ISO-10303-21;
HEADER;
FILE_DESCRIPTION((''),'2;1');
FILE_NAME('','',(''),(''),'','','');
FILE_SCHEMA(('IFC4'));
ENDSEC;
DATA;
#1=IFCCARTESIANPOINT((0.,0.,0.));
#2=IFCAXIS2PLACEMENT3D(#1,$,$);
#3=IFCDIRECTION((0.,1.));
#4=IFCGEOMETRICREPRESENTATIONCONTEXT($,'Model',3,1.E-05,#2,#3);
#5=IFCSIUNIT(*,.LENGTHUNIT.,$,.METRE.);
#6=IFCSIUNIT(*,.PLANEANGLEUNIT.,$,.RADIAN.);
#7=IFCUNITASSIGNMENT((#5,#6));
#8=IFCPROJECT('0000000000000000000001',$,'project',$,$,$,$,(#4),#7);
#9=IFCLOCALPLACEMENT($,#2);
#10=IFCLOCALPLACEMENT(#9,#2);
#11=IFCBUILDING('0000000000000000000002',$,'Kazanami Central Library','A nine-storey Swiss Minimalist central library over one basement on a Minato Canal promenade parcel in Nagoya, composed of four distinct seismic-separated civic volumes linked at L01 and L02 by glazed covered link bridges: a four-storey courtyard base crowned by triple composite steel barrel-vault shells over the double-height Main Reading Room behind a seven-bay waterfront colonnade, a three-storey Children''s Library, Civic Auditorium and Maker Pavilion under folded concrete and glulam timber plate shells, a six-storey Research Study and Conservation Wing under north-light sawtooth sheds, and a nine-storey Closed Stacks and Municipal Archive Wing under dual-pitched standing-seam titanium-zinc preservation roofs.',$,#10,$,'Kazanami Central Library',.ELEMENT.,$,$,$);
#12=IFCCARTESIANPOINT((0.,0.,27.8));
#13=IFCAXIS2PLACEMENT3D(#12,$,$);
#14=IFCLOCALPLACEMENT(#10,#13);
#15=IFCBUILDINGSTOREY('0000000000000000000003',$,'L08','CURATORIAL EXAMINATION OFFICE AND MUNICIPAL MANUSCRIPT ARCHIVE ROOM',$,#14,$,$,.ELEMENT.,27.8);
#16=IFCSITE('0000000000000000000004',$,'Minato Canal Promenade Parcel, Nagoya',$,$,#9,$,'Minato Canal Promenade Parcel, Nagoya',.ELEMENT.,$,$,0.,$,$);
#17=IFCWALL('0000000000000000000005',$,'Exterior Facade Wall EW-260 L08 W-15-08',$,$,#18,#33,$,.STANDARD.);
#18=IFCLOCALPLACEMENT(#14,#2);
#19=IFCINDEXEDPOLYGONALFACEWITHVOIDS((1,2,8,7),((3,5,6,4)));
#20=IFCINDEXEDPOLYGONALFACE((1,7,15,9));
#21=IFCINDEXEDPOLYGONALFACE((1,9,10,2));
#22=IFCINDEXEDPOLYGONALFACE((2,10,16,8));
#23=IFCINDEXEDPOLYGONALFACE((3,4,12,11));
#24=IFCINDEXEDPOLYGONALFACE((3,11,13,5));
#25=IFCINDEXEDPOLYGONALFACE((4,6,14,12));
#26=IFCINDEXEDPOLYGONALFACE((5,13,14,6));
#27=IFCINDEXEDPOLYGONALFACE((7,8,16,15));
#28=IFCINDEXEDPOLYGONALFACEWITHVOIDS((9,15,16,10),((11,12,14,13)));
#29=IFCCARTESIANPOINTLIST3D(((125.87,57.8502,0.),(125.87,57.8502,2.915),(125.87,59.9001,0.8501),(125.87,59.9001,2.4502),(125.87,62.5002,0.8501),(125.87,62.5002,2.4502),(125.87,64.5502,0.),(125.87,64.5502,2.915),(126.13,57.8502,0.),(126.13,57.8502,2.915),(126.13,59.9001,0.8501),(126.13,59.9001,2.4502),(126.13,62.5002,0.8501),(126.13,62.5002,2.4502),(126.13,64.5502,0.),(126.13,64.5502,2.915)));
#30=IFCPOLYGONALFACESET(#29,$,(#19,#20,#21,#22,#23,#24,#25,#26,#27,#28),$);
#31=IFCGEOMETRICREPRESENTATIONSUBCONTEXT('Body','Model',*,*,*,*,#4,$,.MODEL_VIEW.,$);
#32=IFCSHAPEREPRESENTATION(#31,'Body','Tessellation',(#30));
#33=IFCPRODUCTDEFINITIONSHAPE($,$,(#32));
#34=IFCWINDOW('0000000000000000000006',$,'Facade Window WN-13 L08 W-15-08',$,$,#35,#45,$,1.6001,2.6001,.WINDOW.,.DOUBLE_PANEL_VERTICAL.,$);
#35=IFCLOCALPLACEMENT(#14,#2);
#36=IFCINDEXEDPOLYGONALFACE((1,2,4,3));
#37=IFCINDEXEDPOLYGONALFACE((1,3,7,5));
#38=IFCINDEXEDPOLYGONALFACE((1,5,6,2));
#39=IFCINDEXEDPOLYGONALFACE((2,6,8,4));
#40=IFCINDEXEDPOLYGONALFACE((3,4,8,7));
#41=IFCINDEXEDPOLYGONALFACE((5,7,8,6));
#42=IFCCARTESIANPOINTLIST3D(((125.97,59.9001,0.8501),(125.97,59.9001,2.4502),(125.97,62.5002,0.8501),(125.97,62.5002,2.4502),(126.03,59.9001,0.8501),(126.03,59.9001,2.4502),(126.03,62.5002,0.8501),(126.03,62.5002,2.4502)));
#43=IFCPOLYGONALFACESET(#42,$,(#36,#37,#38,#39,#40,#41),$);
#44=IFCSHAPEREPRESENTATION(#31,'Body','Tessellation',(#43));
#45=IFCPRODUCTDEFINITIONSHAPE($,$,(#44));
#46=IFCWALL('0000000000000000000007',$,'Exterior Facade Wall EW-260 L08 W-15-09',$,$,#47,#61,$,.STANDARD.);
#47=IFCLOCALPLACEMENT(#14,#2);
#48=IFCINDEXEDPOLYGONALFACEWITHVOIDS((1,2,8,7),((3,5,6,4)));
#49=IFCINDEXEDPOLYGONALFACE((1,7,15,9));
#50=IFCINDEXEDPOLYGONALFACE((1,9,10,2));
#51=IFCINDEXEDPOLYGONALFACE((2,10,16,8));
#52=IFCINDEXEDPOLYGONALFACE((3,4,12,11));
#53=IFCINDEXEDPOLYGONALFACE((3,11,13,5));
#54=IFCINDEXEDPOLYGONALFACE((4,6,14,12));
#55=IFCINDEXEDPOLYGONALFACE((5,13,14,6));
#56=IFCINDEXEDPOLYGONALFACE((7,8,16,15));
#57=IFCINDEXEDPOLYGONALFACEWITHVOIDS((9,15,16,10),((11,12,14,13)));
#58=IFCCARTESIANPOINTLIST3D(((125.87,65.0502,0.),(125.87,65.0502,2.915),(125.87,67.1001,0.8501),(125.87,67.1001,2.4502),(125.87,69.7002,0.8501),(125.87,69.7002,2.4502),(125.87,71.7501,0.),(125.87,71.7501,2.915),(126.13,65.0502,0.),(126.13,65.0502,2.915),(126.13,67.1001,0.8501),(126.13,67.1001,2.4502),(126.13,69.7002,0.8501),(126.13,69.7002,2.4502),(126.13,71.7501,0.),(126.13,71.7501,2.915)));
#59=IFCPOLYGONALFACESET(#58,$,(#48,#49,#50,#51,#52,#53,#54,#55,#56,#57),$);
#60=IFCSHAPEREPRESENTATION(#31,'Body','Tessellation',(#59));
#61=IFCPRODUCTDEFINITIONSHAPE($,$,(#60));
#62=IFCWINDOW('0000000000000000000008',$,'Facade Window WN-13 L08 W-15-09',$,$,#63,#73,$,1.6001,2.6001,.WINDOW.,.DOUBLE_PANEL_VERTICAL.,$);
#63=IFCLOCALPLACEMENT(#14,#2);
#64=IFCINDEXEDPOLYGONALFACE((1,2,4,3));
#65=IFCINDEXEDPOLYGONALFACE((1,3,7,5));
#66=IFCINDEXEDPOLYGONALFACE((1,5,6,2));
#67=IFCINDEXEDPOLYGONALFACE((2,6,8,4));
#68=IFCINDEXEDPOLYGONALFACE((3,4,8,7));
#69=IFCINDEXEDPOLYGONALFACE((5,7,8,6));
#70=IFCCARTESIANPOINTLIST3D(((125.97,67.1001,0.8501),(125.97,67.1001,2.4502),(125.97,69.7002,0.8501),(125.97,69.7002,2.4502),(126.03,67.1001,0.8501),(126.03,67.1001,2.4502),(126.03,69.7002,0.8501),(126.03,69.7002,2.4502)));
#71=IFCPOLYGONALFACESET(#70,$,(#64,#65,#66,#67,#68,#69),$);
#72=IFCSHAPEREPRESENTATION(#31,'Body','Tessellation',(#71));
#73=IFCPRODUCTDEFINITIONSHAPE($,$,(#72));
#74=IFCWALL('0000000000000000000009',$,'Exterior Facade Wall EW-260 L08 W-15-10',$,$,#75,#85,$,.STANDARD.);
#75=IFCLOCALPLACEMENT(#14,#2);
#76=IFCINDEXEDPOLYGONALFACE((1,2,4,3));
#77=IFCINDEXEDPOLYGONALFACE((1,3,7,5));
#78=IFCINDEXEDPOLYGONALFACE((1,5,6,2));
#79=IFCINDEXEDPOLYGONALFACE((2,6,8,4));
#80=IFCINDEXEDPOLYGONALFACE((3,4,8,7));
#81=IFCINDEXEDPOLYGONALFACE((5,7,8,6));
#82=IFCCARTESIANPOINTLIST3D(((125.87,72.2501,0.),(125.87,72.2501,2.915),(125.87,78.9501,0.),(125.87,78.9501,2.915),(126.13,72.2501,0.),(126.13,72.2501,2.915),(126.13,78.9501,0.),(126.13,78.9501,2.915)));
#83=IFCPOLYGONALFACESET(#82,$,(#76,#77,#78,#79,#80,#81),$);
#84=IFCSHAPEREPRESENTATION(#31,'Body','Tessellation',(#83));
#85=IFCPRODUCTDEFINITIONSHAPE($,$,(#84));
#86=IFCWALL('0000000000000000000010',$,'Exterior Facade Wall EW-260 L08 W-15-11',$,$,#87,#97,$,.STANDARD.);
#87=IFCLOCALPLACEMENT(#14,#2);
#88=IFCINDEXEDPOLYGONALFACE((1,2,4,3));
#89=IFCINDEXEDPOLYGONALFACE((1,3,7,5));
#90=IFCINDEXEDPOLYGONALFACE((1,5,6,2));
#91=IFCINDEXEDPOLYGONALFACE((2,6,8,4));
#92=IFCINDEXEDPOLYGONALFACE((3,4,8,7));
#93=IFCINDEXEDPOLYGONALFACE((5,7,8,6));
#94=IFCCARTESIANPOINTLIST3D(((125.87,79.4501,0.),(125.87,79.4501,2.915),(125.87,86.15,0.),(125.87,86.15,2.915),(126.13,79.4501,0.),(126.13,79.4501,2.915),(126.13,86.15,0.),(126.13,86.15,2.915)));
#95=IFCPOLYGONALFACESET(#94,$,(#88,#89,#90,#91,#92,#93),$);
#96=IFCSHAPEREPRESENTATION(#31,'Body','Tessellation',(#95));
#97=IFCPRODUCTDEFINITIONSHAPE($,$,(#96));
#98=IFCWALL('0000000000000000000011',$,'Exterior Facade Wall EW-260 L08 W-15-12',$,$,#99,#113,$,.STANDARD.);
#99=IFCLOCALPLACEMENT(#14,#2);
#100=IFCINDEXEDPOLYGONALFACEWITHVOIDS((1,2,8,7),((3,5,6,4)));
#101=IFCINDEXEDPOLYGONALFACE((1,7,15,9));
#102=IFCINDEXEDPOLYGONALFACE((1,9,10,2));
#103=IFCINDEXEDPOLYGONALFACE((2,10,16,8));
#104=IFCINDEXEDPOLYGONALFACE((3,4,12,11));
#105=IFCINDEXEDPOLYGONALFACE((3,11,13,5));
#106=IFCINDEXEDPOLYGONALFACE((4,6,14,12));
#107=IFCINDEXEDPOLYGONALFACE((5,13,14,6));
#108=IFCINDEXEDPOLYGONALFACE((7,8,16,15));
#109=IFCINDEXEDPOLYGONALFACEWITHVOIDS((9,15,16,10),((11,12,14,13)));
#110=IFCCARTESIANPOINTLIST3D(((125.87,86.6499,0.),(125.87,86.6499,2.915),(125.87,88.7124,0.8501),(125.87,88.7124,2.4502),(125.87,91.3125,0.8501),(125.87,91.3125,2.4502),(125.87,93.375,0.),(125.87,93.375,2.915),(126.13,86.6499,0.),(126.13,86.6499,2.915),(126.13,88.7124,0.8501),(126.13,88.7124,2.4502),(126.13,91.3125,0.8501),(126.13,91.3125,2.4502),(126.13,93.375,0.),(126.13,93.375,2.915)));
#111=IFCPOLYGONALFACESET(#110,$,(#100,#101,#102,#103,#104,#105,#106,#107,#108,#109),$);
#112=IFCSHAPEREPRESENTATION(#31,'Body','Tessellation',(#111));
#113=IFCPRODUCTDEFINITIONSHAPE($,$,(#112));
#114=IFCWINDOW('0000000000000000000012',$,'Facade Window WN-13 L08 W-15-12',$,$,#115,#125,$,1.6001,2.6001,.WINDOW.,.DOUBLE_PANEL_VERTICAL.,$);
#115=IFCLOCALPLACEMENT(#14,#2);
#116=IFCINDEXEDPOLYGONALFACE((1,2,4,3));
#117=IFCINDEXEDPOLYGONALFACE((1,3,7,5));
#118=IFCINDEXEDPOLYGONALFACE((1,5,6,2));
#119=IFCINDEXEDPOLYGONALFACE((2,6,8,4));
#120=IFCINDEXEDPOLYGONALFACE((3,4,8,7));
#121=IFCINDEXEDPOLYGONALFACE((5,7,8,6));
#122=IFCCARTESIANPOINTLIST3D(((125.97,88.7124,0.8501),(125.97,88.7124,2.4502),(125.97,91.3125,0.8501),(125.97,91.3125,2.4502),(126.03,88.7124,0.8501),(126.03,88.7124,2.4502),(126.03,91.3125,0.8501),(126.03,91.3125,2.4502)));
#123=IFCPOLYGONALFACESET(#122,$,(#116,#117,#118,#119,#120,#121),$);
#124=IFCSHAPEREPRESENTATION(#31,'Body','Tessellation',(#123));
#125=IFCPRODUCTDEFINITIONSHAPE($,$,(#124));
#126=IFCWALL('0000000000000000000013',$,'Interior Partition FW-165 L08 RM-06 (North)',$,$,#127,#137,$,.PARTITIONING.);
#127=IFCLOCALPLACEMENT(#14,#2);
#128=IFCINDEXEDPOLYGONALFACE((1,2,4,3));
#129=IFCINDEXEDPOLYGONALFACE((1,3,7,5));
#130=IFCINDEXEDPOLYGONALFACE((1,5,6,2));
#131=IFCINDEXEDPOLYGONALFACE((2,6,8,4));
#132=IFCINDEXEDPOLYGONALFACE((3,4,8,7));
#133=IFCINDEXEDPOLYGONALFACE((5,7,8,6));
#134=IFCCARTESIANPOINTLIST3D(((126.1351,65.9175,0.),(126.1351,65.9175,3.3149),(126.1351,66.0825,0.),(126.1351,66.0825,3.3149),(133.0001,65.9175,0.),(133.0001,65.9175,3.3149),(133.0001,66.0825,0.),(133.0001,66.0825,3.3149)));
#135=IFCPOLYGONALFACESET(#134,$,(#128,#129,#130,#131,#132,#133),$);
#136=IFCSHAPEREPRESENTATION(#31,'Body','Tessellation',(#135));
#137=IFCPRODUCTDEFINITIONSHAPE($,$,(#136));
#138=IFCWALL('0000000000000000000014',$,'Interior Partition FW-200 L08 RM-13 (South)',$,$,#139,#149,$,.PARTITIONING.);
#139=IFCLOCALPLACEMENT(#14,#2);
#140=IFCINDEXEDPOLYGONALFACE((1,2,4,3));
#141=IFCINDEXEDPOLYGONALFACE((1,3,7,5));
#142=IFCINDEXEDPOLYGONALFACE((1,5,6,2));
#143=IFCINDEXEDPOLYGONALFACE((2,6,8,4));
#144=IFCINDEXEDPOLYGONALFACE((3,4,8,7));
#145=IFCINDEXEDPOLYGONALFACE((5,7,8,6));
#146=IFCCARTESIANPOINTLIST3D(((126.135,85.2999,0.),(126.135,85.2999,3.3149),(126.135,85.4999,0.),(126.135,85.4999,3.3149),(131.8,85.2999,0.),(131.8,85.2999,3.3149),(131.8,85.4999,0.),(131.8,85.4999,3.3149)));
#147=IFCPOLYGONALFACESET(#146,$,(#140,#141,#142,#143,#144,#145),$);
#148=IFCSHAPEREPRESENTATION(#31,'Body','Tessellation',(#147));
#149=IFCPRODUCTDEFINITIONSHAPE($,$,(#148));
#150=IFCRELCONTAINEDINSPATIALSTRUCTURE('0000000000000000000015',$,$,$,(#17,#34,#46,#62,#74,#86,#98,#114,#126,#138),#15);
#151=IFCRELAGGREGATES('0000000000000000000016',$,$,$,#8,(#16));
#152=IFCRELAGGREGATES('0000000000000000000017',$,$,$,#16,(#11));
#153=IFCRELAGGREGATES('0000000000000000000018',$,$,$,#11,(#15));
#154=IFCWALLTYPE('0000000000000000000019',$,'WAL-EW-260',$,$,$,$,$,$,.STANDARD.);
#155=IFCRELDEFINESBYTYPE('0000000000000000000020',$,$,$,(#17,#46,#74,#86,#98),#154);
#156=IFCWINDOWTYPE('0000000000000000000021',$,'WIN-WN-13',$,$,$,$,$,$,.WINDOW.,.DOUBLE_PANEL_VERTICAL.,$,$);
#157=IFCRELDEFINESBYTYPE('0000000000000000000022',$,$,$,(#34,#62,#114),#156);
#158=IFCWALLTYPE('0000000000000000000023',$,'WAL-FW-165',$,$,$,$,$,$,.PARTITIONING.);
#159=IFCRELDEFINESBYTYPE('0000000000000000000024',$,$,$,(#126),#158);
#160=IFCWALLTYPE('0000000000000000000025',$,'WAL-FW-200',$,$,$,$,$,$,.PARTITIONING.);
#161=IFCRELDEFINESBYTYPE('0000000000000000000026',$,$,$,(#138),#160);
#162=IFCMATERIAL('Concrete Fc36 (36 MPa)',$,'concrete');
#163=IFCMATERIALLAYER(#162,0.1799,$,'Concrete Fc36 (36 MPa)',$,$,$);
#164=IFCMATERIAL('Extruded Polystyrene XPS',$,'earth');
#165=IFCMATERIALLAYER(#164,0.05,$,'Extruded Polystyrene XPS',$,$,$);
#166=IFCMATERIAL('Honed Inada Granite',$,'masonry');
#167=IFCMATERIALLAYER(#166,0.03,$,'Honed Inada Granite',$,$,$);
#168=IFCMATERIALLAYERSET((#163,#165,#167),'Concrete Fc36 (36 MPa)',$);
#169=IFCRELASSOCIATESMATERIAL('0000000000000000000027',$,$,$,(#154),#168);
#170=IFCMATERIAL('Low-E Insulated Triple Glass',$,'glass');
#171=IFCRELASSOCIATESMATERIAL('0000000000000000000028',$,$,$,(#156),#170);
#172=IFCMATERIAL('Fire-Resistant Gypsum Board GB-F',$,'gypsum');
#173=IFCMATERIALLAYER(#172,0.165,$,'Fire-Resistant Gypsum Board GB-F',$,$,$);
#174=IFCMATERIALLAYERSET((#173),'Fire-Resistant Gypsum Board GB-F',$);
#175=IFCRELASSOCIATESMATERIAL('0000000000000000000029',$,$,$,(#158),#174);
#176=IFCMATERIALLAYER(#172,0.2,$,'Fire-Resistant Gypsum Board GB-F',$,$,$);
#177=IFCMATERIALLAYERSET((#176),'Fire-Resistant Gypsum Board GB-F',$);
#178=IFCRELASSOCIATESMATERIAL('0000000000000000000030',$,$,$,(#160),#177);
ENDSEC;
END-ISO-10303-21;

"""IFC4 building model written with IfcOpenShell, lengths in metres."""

from ifc_helpers import new_model, si_unit, direction, frame, frame_2d, origin, place, context, subcontext, project, spatial, rectangle, extrude, material, layer, layer_set, type_object, element, fill, save


model = new_model("IFC4")

# Units and contexts
model_context = context("Model", 3, precision=1e-05, world=origin(), true_north=direction((0.0, 1.0)))
body_context = subcontext(model_context, "Body", "Model", "MODEL_VIEW")
ifc_project = project(units=[si_unit("LENGTHUNIT", "METRE"), si_unit("PLANEANGLEUNIT", "RADIAN")], contexts=[model_context])

# Site, building, storey
site_placement = place(None, origin())
site = spatial("IfcSite", under=ifc_project, at=site_placement, Name="Minato Canal Promenade Parcel, Nagoya", LongName="Minato Canal Promenade Parcel, Nagoya", CompositionType="ELEMENT", RefElevation=0.0)
building_placement = place(site_placement, origin())
building = spatial("IfcBuilding", under=site, at=building_placement, Name="Kazanami Central Library", Description="A nine-storey Swiss Minimalist central library over one basement on a Minato Canal promenade parcel in Nagoya, composed of four distinct seismic-separated civic volumes linked at L01 and L02 by glazed covered link bridges: a four-storey courtyard base crowned by triple composite steel barrel-vault shells over the double-height Main Reading Room behind a seven-bay waterfront colonnade, a three-storey Children's Library, Civic Auditorium and Maker Pavilion under folded concrete and glulam timber plate shells, a six-storey Research Study and Conservation Wing under north-light sawtooth sheds, and a nine-storey Closed Stacks and Municipal Archive Wing under dual-pitched standing-seam titanium-zinc preservation roofs.", LongName="Kazanami Central Library", CompositionType="ELEMENT")
storey_placement = place(building_placement, frame((0.0, 0.0, 27.8)))
storey = spatial("IfcBuildingStorey", under=building, at=storey_placement, Name="L08", Description="CURATORIAL EXAMINATION OFFICE AND MUNICIPAL MANUSCRIPT ARCHIVE ROOM", CompositionType="ELEMENT", Elevation=27.8)

# Shared definitions
ifc_material_1 = material(Name="Concrete Fc36 (36 MPa)", Category="concrete")

# Walls, openings, windows
ifc_layer_1 = layer(ifc_material_1, 0.1799, Name="Concrete Fc36 (36 MPa)")
ifc_material_2 = material(Name="Extruded Polystyrene XPS", Category="earth")
ifc_layer_2 = layer(ifc_material_2, 0.05, Name="Extruded Polystyrene XPS")
ifc_material_3 = material(Name="Honed Inada Granite", Category="masonry")
ifc_layer_3 = layer(ifc_material_3, 0.03, Name="Honed Inada Granite")
ifc_layer_set_1 = layer_set([ifc_layer_1, ifc_layer_2, ifc_layer_3], Name="Concrete Fc36 (36 MPa)")
wall_type_1 = type_object("IfcWallType", Name="WAL-EW-260", PredefinedType="STANDARD", material=ifc_layer_set_1)
wall_1_placement = place(storey_placement, frame((126.0, 57.8501, 0.0), z_axis=(0.0, 0.0, 1.0), x_axis=(0.0, 1.0, 0.0)))
wall_1 = element("IfcWall", 1, at=wall_1_placement, inside=storey, type_object=wall_type_1, Name="Exterior Facade Wall EW-260 L08 W-15-08", PredefinedType="STANDARD", context=body_context, shape_type="SweptSolid", body=[
    extrude(rectangle(XDim=6.7, YDim=0.26, at=frame_2d((3.3501, 0.0))), origin(), (0.0, 0.0, 1.0), 2.915),
])
opening_1_placement = place(wall_1_placement, frame((2.05, 0.0, 0.8501)))
opening_1 = element("IfcOpeningElement", 2, at=opening_1_placement, cuts=wall_1, PredefinedType="OPENING", context=body_context, shape_type="SweptSolid", body=[
    extrude(rectangle(XDim=2.6001, YDim=1.6001, at=frame_2d((1.3, 0.8))), frame((0.0, 0.1421, 0.0), z_axis=(0.0, -1.0, 0.0), x_axis=(1.0, 0.0, 0.0)), (0.0, 0.0, 1.0), 0.2839),
])
ifc_material_4 = material(Name="Low-E Insulated Triple Glass", Category="glass")
window_type = type_object("IfcWindowType", Name="WIN-WN-13", PartitioningType="DOUBLE_PANEL_VERTICAL", PredefinedType="WINDOW", material=ifc_material_4)
window_1_placement = place(opening_1_placement, origin())
window_1 = element("IfcWindow", 3, at=window_1_placement, inside=storey, type_object=window_type, Name="Facade Window WN-13 L08 W-15-08", OverallHeight=1.6001, OverallWidth=2.6001, PartitioningType="DOUBLE_PANEL_VERTICAL", PredefinedType="WINDOW", context=body_context, shape_type="SweptSolid", body=[
    extrude(rectangle(XDim=2.6001, YDim=1.6001, at=frame_2d((1.3, 0.8))), frame((0.0, 0.03, 0.0), z_axis=(0.0, -1.0, 0.0), x_axis=(1.0, 0.0, 0.0)), (0.0, 0.0, 1.0), 0.0601),
])
fill(opening_1, window_1)
wall_2_placement = place(storey_placement, frame((126.0, 65.05, 0.0), z_axis=(0.0, 0.0, 1.0), x_axis=(0.0, 1.0, 0.0)))
wall_2 = element("IfcWall", 4, at=wall_2_placement, inside=storey, type_object=wall_type_1, Name="Exterior Facade Wall EW-260 L08 W-15-09", PredefinedType="STANDARD", context=body_context, shape_type="SweptSolid", body=[
    extrude(rectangle(XDim=6.7, YDim=0.26, at=frame_2d((3.3501, 0.0))), origin(), (0.0, 0.0, 1.0), 2.915),
])
opening_2_placement = place(wall_2_placement, frame((2.05, 0.0, 0.8501)))
opening_2 = element("IfcOpeningElement", 5, at=opening_2_placement, cuts=wall_2, PredefinedType="OPENING", context=body_context, shape_type="SweptSolid", body=[
    extrude(rectangle(XDim=2.6001, YDim=1.6001, at=frame_2d((1.3, 0.8))), frame((0.0, 0.1421, 0.0), z_axis=(0.0, -1.0, 0.0), x_axis=(1.0, 0.0, 0.0)), (0.0, 0.0, 1.0), 0.2839),
])
window_2_placement = place(opening_2_placement, origin())
window_2 = element("IfcWindow", 6, at=window_2_placement, inside=storey, type_object=window_type, Name="Facade Window WN-13 L08 W-15-09", OverallHeight=1.6001, OverallWidth=2.6001, PartitioningType="DOUBLE_PANEL_VERTICAL", PredefinedType="WINDOW", context=body_context, shape_type="SweptSolid", body=[
    extrude(rectangle(XDim=2.6001, YDim=1.6001, at=frame_2d((1.3, 0.8))), frame((0.0, 0.03, 0.0), z_axis=(0.0, -1.0, 0.0), x_axis=(1.0, 0.0, 0.0)), (0.0, 0.0, 1.0), 0.0601),
])
fill(opening_2, window_2)

# Walls
for number, where, z_axis, x_axis, name in (
    (7, (126.0, 72.25, 0.0), (0.0, 0.0, 1.0), (0.0, 1.0, 0.0), "Exterior Facade Wall EW-260 L08 W-15-10"),
    (8, (126.0, 79.45, 0.0), (0.0, 0.0, 1.0), (0.0, 1.0, 0.0), "Exterior Facade Wall EW-260 L08 W-15-11"),
):
    element("IfcWall", number, at=place(storey_placement, frame(where, z_axis=z_axis, x_axis=x_axis)), inside=storey, type_object=wall_type_1, Name=name, PredefinedType="STANDARD", context=body_context, shape_type="SweptSolid", body=[
        extrude(rectangle(XDim=6.7, YDim=0.26, at=frame_2d((3.3501, 0.0))), origin(), (0.0, 0.0, 1.0), 2.915),
    ])

# Wall, opening, window
wall_3_placement = place(storey_placement, frame((126.0, 86.6499, 0.0), z_axis=(0.0, 0.0, 1.0), x_axis=(0.0, 1.0, 0.0)))
wall_3 = element("IfcWall", 9, at=wall_3_placement, inside=storey, type_object=wall_type_1, Name="Exterior Facade Wall EW-260 L08 W-15-12", PredefinedType="STANDARD", context=body_context, shape_type="SweptSolid", body=[
    extrude(rectangle(XDim=6.7251, YDim=0.26, at=frame_2d((3.3625, 0.0))), origin(), (0.0, 0.0, 1.0), 2.915),
])
opening_3_placement = place(wall_3_placement, frame((2.0625, 0.0, 0.8501)))
opening_3 = element("IfcOpeningElement", 10, at=opening_3_placement, cuts=wall_3, PredefinedType="OPENING", context=body_context, shape_type="SweptSolid", body=[
    extrude(rectangle(XDim=2.6001, YDim=1.6001, at=frame_2d((1.3, 0.8))), frame((0.0, 0.1421, 0.0), z_axis=(0.0, -1.0, 0.0), x_axis=(1.0, 0.0, 0.0)), (0.0, 0.0, 1.0), 0.2839),
])
window_3_placement = place(opening_3_placement, origin())
window_3 = element("IfcWindow", 11, at=window_3_placement, inside=storey, type_object=window_type, Name="Facade Window WN-13 L08 W-15-12", OverallHeight=1.6001, OverallWidth=2.6001, PartitioningType="DOUBLE_PANEL_VERTICAL", PredefinedType="WINDOW", context=body_context, shape_type="SweptSolid", body=[
    extrude(rectangle(XDim=2.6001, YDim=1.6001, at=frame_2d((1.3, 0.8))), frame((0.0, 0.03, 0.0), z_axis=(0.0, -1.0, 0.0), x_axis=(1.0, 0.0, 0.0)), (0.0, 0.0, 1.0), 0.0601),
])
fill(opening_3, window_3)

# Walls
ifc_material_5 = material(Name="Fire-Resistant Gypsum Board GB-F", Category="gypsum")
ifc_layer_4 = layer(ifc_material_5, 0.165, Name="Fire-Resistant Gypsum Board GB-F")
ifc_layer_set_2 = layer_set([ifc_layer_4], Name="Fire-Resistant Gypsum Board GB-F")
wall_type_2 = type_object("IfcWallType", Name="WAL-FW-165", PredefinedType="PARTITIONING", material=ifc_layer_set_2)
wall_4_placement = place(storey_placement, frame((126.135, 66.0, 0.0), z_axis=(0.0, 0.0, 1.0), x_axis=(1.0, 0.0, 0.0)))
element("IfcWall", 12, at=wall_4_placement, inside=storey, type_object=wall_type_2, Name="Interior Partition FW-165 L08 RM-06 (North)", PredefinedType="PARTITIONING", context=body_context, shape_type="SweptSolid", body=[
    extrude(rectangle(XDim=6.865, YDim=0.165, at=frame_2d((3.4326, 0.0))), origin(), (0.0, 0.0, 1.0), 3.3149),
])
ifc_layer_5 = layer(ifc_material_5, 0.2, Name="Fire-Resistant Gypsum Board GB-F")
ifc_layer_set_3 = layer_set([ifc_layer_5], Name="Fire-Resistant Gypsum Board GB-F")
wall_type_3 = type_object("IfcWallType", Name="WAL-FW-200", PredefinedType="PARTITIONING", material=ifc_layer_set_3)
wall_5_placement = place(storey_placement, frame((126.135, 85.3999, 0.0), z_axis=(0.0, 0.0, 1.0), x_axis=(1.0, 0.0, 0.0)))
element("IfcWall", 13, at=wall_5_placement, inside=storey, type_object=wall_type_3, Name="Interior Partition FW-200 L08 RM-13 (South)", PredefinedType="PARTITIONING", context=body_context, shape_type="SweptSolid", body=[
    extrude(rectangle(XDim=5.665, YDim=0.2, at=frame_2d((2.8325, 0.0))), origin(), (0.0, 0.0, 1.0), 3.3149),
])

save(model, "model.ifc")
